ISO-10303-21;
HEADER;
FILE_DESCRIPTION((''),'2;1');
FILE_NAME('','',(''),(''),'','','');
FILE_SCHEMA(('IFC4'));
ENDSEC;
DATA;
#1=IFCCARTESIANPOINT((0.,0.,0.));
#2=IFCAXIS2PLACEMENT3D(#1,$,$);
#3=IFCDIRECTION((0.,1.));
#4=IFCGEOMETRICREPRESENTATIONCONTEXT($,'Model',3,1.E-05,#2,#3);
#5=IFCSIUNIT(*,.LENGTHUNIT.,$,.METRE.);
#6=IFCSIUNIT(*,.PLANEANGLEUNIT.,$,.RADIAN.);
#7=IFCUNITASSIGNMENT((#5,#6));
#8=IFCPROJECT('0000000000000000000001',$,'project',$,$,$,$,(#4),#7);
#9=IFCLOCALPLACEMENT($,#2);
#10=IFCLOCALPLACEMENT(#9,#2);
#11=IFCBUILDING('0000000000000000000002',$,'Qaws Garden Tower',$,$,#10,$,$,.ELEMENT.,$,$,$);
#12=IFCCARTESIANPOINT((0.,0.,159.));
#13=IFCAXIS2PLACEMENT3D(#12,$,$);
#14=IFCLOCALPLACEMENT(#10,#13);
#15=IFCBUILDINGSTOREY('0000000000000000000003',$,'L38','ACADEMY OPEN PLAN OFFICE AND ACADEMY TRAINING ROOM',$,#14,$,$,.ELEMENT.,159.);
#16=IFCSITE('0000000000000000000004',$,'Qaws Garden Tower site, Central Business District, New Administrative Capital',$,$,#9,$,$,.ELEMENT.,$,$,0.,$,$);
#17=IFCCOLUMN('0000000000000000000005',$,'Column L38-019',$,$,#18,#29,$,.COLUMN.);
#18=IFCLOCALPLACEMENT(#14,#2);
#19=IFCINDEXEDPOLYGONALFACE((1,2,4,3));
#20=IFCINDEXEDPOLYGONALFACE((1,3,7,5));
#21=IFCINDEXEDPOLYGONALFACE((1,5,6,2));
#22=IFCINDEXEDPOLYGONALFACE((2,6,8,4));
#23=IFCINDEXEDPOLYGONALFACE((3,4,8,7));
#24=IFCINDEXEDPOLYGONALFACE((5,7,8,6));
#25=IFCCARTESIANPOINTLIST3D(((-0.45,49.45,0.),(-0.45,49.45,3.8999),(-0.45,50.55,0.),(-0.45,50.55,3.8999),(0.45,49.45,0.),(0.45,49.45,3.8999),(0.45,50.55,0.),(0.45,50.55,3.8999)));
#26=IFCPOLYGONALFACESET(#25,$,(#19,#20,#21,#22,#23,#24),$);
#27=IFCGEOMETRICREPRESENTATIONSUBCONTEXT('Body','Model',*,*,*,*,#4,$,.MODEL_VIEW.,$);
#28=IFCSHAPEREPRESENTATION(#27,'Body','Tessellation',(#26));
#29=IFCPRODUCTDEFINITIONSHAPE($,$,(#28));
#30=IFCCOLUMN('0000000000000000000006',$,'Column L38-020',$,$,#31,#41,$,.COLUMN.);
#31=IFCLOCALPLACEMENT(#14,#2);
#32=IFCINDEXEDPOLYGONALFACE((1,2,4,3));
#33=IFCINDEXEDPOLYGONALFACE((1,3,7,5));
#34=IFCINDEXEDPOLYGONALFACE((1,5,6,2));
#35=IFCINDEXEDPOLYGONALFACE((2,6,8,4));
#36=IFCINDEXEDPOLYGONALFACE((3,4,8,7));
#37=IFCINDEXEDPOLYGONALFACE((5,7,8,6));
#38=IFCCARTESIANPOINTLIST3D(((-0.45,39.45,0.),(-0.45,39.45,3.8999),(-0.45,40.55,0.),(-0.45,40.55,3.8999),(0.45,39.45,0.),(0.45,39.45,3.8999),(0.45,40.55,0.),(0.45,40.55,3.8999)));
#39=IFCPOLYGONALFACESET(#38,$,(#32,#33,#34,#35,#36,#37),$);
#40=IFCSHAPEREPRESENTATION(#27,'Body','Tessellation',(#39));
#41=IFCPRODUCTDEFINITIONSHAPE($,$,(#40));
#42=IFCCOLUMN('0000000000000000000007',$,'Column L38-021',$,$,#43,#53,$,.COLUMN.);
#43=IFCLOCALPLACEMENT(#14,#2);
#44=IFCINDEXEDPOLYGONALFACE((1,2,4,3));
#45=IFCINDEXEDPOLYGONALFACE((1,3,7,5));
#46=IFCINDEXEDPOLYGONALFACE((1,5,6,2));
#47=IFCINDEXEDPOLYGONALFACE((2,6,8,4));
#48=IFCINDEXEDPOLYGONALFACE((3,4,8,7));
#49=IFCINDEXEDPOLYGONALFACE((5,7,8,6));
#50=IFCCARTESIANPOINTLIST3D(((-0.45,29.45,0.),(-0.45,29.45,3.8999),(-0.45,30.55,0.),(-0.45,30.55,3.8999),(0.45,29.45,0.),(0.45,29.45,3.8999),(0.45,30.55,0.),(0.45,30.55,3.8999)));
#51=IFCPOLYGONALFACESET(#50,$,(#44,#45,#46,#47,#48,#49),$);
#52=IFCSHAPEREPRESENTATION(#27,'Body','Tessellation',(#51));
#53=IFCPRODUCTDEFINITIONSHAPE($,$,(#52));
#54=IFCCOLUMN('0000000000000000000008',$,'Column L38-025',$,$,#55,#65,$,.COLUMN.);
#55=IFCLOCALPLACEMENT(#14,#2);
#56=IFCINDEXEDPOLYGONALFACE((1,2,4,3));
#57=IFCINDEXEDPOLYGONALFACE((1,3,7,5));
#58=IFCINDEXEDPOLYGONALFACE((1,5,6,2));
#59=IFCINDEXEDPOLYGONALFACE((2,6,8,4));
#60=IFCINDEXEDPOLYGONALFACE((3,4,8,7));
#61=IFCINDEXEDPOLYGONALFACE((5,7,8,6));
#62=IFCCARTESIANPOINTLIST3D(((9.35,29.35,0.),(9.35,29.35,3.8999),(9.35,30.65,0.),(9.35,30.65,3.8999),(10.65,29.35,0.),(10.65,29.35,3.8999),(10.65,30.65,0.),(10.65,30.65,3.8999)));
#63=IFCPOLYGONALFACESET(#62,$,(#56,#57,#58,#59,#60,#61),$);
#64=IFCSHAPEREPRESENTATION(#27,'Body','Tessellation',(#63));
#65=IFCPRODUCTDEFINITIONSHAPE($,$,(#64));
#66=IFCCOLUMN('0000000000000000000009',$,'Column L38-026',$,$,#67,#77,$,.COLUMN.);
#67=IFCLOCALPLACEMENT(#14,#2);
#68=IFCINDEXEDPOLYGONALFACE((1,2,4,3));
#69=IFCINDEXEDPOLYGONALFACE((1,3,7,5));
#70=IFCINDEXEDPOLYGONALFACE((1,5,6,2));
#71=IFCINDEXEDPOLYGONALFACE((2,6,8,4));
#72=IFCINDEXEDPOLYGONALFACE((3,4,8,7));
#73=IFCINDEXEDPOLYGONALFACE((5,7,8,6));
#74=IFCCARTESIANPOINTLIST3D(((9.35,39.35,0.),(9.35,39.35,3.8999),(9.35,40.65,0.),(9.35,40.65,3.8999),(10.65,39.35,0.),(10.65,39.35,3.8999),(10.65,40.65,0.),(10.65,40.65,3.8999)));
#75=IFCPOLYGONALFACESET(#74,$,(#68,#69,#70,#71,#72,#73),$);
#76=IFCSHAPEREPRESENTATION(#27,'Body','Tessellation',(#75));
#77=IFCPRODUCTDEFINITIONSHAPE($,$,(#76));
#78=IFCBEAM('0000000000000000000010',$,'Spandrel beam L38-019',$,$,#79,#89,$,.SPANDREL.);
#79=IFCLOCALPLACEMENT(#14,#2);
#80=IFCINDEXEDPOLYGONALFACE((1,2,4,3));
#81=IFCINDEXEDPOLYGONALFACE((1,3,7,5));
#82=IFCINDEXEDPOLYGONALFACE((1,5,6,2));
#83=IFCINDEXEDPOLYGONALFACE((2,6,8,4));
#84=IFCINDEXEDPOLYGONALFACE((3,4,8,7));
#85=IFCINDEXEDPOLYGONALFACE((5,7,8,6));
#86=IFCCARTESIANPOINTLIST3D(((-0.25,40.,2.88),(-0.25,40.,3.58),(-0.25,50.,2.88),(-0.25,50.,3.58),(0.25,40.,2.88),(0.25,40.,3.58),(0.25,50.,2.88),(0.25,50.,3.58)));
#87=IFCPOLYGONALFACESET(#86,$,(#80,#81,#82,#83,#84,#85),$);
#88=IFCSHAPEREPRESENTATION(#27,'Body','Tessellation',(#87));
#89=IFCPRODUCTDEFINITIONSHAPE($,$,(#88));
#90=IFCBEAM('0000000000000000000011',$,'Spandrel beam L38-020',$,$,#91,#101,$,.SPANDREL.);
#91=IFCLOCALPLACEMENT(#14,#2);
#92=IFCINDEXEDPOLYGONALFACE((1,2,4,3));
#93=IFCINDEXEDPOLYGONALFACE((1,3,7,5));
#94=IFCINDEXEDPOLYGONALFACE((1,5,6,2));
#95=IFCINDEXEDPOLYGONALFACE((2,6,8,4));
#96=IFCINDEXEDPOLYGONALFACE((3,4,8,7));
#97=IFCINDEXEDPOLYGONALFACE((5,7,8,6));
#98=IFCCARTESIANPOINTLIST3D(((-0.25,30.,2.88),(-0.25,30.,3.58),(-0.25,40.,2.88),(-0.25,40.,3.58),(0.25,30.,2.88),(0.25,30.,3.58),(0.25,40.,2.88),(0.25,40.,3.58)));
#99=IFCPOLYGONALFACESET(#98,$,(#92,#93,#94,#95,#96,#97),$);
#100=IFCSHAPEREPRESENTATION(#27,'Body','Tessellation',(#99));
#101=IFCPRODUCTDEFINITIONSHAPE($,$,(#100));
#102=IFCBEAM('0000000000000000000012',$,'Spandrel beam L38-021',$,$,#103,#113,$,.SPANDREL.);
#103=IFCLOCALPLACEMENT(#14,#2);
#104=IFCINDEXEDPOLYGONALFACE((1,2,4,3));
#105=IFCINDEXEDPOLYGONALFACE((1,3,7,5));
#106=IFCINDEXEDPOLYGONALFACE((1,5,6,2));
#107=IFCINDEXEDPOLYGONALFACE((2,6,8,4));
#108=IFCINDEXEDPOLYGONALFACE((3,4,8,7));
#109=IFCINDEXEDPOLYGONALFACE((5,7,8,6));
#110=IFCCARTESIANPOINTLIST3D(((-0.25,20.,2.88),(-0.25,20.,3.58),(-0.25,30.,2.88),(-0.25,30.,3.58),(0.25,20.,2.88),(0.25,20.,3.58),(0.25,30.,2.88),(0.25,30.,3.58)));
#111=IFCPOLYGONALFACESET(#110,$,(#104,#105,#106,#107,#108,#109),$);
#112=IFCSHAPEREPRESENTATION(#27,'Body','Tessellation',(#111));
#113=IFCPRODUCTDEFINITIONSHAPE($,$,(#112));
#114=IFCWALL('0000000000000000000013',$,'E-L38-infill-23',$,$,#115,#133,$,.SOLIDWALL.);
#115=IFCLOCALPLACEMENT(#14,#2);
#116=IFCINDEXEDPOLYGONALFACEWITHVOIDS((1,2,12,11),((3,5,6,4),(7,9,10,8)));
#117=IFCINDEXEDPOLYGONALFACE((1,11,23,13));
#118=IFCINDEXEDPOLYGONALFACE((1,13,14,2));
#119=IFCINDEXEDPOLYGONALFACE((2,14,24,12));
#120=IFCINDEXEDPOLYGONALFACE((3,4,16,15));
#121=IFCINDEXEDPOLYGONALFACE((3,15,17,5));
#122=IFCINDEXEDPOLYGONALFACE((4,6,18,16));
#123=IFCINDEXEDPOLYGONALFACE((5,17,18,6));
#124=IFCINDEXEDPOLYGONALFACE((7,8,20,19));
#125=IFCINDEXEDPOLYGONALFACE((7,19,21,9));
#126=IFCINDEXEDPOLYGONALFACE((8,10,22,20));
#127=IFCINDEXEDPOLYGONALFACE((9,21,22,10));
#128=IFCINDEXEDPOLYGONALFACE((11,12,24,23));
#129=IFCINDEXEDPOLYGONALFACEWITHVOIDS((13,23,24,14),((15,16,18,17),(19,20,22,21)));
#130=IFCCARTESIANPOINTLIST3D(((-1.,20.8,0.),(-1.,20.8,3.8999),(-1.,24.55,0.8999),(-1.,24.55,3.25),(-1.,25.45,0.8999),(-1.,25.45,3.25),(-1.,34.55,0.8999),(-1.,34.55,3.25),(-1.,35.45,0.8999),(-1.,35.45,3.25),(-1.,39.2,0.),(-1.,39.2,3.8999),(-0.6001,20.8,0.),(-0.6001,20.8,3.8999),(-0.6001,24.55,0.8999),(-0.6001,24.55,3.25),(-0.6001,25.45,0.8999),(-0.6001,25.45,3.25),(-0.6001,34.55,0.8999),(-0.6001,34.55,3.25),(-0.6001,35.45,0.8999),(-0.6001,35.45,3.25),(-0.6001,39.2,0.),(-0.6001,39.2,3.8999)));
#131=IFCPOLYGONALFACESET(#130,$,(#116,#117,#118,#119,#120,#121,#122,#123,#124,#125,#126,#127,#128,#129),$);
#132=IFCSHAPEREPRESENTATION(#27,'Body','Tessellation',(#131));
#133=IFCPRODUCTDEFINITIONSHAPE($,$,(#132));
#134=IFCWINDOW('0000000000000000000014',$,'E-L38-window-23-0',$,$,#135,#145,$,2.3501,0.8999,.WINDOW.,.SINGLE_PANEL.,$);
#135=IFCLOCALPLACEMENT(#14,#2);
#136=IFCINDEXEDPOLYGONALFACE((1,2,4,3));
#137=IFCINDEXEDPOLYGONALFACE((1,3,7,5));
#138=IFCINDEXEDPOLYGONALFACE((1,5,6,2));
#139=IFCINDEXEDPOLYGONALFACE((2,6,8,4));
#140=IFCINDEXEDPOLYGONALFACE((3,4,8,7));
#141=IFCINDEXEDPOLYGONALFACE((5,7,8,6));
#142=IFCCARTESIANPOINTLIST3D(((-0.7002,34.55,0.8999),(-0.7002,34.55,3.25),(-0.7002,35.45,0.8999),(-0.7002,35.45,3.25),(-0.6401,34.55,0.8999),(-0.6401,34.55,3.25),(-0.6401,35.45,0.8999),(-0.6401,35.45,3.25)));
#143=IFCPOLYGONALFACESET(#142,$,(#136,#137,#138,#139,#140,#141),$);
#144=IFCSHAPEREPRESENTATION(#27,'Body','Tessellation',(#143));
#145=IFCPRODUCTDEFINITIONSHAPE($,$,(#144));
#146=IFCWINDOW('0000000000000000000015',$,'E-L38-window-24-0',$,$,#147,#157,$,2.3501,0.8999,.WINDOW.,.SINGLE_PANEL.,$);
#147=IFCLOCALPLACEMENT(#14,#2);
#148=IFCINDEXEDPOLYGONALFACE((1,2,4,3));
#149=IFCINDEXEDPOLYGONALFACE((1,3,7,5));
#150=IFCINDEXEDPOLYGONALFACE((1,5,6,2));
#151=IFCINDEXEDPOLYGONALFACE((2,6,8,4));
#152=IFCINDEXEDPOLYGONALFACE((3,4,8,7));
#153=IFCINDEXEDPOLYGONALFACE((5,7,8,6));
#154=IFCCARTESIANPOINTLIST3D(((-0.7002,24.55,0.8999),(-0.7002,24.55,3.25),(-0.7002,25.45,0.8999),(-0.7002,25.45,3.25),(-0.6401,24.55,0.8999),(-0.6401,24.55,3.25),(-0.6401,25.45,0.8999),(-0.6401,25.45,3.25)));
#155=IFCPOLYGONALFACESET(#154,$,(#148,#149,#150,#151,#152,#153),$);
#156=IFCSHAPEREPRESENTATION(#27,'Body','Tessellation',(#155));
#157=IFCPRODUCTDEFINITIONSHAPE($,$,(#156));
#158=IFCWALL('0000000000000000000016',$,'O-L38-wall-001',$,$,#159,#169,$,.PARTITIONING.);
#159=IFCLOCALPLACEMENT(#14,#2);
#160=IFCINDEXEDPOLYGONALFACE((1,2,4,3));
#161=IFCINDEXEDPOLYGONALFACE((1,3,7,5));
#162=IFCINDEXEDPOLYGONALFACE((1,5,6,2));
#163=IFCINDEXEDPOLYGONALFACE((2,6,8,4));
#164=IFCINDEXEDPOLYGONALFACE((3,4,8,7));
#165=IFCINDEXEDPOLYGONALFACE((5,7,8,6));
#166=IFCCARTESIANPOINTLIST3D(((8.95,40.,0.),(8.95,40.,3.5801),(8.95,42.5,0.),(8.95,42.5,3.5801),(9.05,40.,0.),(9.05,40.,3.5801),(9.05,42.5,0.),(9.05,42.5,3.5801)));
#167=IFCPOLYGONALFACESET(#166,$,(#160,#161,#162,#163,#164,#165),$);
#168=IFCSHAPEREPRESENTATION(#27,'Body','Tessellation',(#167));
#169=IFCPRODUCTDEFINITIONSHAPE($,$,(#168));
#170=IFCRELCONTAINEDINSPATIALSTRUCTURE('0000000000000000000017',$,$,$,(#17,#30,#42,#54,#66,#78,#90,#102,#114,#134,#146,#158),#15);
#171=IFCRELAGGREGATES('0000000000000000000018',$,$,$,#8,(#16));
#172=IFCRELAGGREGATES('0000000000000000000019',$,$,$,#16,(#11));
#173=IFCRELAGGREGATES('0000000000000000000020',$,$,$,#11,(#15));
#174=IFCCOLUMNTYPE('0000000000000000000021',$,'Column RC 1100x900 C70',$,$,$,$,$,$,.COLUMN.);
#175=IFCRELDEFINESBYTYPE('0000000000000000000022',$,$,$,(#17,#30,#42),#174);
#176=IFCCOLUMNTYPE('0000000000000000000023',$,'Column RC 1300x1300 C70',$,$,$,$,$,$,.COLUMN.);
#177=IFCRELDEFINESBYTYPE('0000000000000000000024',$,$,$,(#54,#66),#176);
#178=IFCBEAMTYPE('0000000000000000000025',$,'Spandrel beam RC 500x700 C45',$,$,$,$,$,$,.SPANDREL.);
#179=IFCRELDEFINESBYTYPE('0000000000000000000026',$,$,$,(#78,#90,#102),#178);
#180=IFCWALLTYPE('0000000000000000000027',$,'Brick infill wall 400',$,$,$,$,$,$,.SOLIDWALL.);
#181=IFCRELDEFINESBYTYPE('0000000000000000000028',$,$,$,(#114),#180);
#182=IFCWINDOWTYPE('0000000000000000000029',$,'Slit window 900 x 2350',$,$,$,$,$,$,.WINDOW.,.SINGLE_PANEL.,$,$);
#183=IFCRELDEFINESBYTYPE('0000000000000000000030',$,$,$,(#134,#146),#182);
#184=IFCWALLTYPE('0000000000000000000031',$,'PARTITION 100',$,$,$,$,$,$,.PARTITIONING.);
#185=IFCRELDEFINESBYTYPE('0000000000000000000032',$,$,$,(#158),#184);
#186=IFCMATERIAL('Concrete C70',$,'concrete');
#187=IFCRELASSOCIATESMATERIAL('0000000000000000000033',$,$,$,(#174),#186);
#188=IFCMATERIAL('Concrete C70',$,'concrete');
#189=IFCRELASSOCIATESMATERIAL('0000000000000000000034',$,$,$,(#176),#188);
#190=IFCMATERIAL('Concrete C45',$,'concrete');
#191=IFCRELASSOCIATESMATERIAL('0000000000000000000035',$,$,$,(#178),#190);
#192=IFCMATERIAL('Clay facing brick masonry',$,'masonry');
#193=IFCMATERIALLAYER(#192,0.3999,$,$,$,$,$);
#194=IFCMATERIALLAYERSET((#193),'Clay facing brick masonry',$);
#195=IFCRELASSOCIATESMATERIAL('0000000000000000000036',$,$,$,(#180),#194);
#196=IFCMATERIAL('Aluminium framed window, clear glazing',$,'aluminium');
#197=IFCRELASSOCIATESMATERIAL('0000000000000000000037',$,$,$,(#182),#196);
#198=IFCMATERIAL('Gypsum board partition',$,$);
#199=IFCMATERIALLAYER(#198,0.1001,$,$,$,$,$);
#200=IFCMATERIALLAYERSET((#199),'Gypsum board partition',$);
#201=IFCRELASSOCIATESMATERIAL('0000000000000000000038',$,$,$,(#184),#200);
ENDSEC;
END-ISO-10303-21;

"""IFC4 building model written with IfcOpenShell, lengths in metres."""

from ifc_helpers import new_model, si_unit, direction, frame, frame_2d, origin, origin_2d, place, context, subcontext, project, spatial, rectangle, extrude, material, layer, layer_set, material_profile, profile_set, type_object, element, fill, save


model = new_model("IFC4")

# Units and contexts
model_context = context("Model", 3, precision=1e-05, world=origin(), true_north=direction((0.0, 1.0)))
body_context = subcontext(model_context, "Body", "Model", "MODEL_VIEW")
ifc_project = project(units=[si_unit("LENGTHUNIT", "METRE"), si_unit("PLANEANGLEUNIT", "RADIAN")], contexts=[model_context])

# Site, building, storey
site_placement = place(None, origin())
site = spatial("IfcSite", under=ifc_project, at=site_placement, Name="Qaws Garden Tower site, Central Business District, New Administrative Capital", CompositionType="ELEMENT", RefElevation=0.0)
building_placement = place(site_placement, origin())
building = spatial("IfcBuilding", under=site, at=building_placement, Name="Qaws Garden Tower", CompositionType="ELEMENT")
storey_placement = place(building_placement, frame((0.0, 0.0, 159.0)))
storey = spatial("IfcBuildingStorey", under=building, at=storey_placement, Name="L38", Description="ACADEMY OPEN PLAN OFFICE AND ACADEMY TRAINING ROOM", CompositionType="ELEMENT", Elevation=159.0)

# Columns
ifc_material_1 = material(Name="Concrete C70", Category="concrete")
ifc_material_profile_1 = material_profile(ifc_material_1, rectangle(XDim=1.1001, YDim=0.8999, at=origin_2d()), Name="RC 1100x900")
ifc_profile_set_1 = profile_set([ifc_material_profile_1], Name="Concrete C70")
column_type_1 = type_object("IfcColumnType", Name="Column RC 1100x900 C70", PredefinedType="COLUMN", material=ifc_profile_set_1)
for number, where, z_axis, x_axis, name in (
    (1, (0.0, 50.0, 0.0), (0.0, 0.0, 1.0), (0.0, 1.0, 0.0), "Column L38-019"),
    (2, (0.0, 40.0, 0.0), (0.0, 0.0, 1.0), (0.0, 1.0, 0.0), "Column L38-020"),
    (3, (0.0, 30.0, 0.0), (0.0, 0.0, 1.0), (0.0, 1.0, 0.0), "Column L38-021"),
):
    element("IfcColumn", number, at=place(storey_placement, frame(where, z_axis=z_axis, x_axis=x_axis)), inside=storey, type_object=column_type_1, Name=name, PredefinedType="COLUMN", context=body_context, shape_type="SweptSolid", body=[
        extrude(rectangle(XDim=1.1001, YDim=0.8999, at=origin_2d()), origin(), (0.0, 0.0, 1.0), 3.8999),
    ])
ifc_material_2 = material(Name="Concrete C70", Category="concrete")
ifc_material_profile_2 = material_profile(ifc_material_2, rectangle(XDim=1.3, YDim=1.3, at=origin_2d()), Name="RC 1300x1300")
ifc_profile_set_2 = profile_set([ifc_material_profile_2], Name="Concrete C70")
column_type_2 = type_object("IfcColumnType", Name="Column RC 1300x1300 C70", PredefinedType="COLUMN", material=ifc_profile_set_2)
for number, where, z_axis, x_axis, name in (
    (4, (10.0, 30.0, 0.0), (0.0, 0.0, 1.0), (1.0, 0.0, 0.0), "Column L38-025"),
    (5, (10.0, 40.0, 0.0), (0.0, 0.0, 1.0), (1.0, 0.0, 0.0), "Column L38-026"),
):
    element("IfcColumn", number, at=place(storey_placement, frame(where, z_axis=z_axis, x_axis=x_axis)), inside=storey, type_object=column_type_2, Name=name, PredefinedType="COLUMN", context=body_context, shape_type="SweptSolid", body=[
        extrude(rectangle(XDim=1.3, YDim=1.3, at=origin_2d()), origin(), (0.0, 0.0, 1.0), 3.8999),
    ])

# Beams
ifc_material_3 = material(Name="Concrete C45", Category="concrete")
ifc_material_profile_3 = material_profile(ifc_material_3, rectangle(XDim=0.5, YDim=0.7, at=origin_2d()), Name="RC 500x700")
ifc_profile_set_3 = profile_set([ifc_material_profile_3], Name="Concrete C45")
beam_type = type_object("IfcBeamType", Name="Spandrel beam RC 500x700 C45", PredefinedType="SPANDREL", material=ifc_profile_set_3)
for number, where, z_axis, x_axis, name in (
    (6, (0.0, 50.0, 3.23), (0.0, -1.0, 0.0), (1.0, 0.0, 0.0), "Spandrel beam L38-019"),
    (7, (0.0, 40.0, 3.23), (0.0, -1.0, 0.0), (1.0, 0.0, 0.0), "Spandrel beam L38-020"),
    (8, (0.0, 30.0, 3.23), (0.0, -1.0, 0.0), (1.0, 0.0, 0.0), "Spandrel beam L38-021"),
):
    element("IfcBeam", number, at=place(storey_placement, frame(where, z_axis=z_axis, x_axis=x_axis)), inside=storey, type_object=beam_type, Name=name, PredefinedType="SPANDREL", context=body_context, shape_type="SweptSolid", body=[
        extrude(rectangle(XDim=0.5, YDim=0.7, at=origin_2d()), origin(), (0.0, 0.0, 1.0), 10.0),
    ])

# Wall, openings, windows
ifc_material_4 = material(Name="Clay facing brick masonry", Category="masonry")
ifc_layer_1 = layer(ifc_material_4, 0.3999)
ifc_layer_set_1 = layer_set([ifc_layer_1], Name="Clay facing brick masonry")
wall_type_1 = type_object("IfcWallType", Name="Brick infill wall 400", PredefinedType="SOLIDWALL", material=ifc_layer_set_1)
wall_1_placement = place(storey_placement, frame((-0.8, 39.2, 0.0), z_axis=(0.0, 0.0, 1.0), x_axis=(0.0, -1.0, 0.0)))
wall_1 = element("IfcWall", 9, at=wall_1_placement, inside=storey, type_object=wall_type_1, Name="E-L38-infill-23", PredefinedType="SOLIDWALL", context=body_context, shape_type="SweptSolid", body=[
    extrude(rectangle(XDim=18.3999, YDim=0.3999, at=frame_2d((9.2, 0.0))), origin(), (0.0, 0.0, 1.0), 3.8999),
])
opening_1_placement = place(wall_1_placement, frame((3.75, 0.0, 0.8999)))
opening_1 = element("IfcOpeningElement", 10, at=opening_1_placement, cuts=wall_1, PredefinedType="OPENING", context=body_context, shape_type="SweptSolid", body=[
    extrude(rectangle(XDim=0.8999, YDim=2.3501, at=frame_2d((0.45, 1.175))), frame((0.0, 0.21, 0.0), z_axis=(0.0, -1.0, 0.0), x_axis=(1.0, 0.0, 0.0)), (0.0, 0.0, 1.0), 0.4199),
])
opening_2_placement = place(wall_1_placement, frame((13.75, 0.0, 0.8999)))
opening_2 = element("IfcOpeningElement", 11, at=opening_2_placement, cuts=wall_1, PredefinedType="OPENING", context=body_context, shape_type="SweptSolid", body=[
    extrude(rectangle(XDim=0.8999, YDim=2.3501, at=frame_2d((0.45, 1.175))), frame((0.0, 0.21, 0.0), z_axis=(0.0, -1.0, 0.0), x_axis=(1.0, 0.0, 0.0)), (0.0, 0.0, 1.0), 0.4199),
])
ifc_material_5 = material(Name="Aluminium framed window, clear glazing", Category="aluminium")
window_type = type_object("IfcWindowType", Name="Slit window 900 x 2350", PartitioningType="SINGLE_PANEL", PredefinedType="WINDOW", material=ifc_material_5)
window_1_placement = place(opening_1_placement, origin())
window_1 = element("IfcWindow", 12, at=window_1_placement, inside=storey, type_object=window_type, Name="E-L38-window-23-0", OverallHeight=2.3501, OverallWidth=0.8999, PartitioningType="SINGLE_PANEL", PredefinedType="WINDOW", context=body_context, shape_type="SweptSolid", body=[
    extrude(rectangle(XDim=0.8999, YDim=2.3501, at=frame_2d((0.45, 1.175))), frame((0.0, 0.1599, 0.0), z_axis=(0.0, -1.0, 0.0), x_axis=(1.0, 0.0, 0.0)), (0.0, 0.0, 1.0), 0.0601),
])
fill(opening_1, window_1)
window_2_placement = place(opening_2_placement, origin())
window_2 = element("IfcWindow", 13, at=window_2_placement, inside=storey, type_object=window_type, Name="E-L38-window-24-0", OverallHeight=2.3501, OverallWidth=0.8999, PartitioningType="SINGLE_PANEL", PredefinedType="WINDOW", context=body_context, shape_type="SweptSolid", body=[
    extrude(rectangle(XDim=0.8999, YDim=2.3501, at=frame_2d((0.45, 1.175))), frame((0.0, 0.1599, 0.0), z_axis=(0.0, -1.0, 0.0), x_axis=(1.0, 0.0, 0.0)), (0.0, 0.0, 1.0), 0.0601),
])
fill(opening_2, window_2)

# Wall
ifc_material_6 = material(Name="Gypsum board partition")
ifc_layer_2 = layer(ifc_material_6, 0.1001)
ifc_layer_set_2 = layer_set([ifc_layer_2], Name="Gypsum board partition")
wall_type_2 = type_object("IfcWallType", Name="PARTITION 100", PredefinedType="PARTITIONING", material=ifc_layer_set_2)
wall_2_placement = place(storey_placement, frame((9.0, 40.0, 0.0), z_axis=(0.0, 0.0, 1.0), x_axis=(0.0, 1.0, 0.0)))
element("IfcWall", 14, at=wall_2_placement, inside=storey, type_object=wall_type_2, Name="O-L38-wall-001", PredefinedType="PARTITIONING", context=body_context, shape_type="SweptSolid", body=[
    extrude(rectangle(XDim=2.5, YDim=0.1001, at=frame_2d((1.25, 0.0))), origin(), (0.0, 0.0, 1.0), 3.5801),
])

save(model, "model.ifc")
